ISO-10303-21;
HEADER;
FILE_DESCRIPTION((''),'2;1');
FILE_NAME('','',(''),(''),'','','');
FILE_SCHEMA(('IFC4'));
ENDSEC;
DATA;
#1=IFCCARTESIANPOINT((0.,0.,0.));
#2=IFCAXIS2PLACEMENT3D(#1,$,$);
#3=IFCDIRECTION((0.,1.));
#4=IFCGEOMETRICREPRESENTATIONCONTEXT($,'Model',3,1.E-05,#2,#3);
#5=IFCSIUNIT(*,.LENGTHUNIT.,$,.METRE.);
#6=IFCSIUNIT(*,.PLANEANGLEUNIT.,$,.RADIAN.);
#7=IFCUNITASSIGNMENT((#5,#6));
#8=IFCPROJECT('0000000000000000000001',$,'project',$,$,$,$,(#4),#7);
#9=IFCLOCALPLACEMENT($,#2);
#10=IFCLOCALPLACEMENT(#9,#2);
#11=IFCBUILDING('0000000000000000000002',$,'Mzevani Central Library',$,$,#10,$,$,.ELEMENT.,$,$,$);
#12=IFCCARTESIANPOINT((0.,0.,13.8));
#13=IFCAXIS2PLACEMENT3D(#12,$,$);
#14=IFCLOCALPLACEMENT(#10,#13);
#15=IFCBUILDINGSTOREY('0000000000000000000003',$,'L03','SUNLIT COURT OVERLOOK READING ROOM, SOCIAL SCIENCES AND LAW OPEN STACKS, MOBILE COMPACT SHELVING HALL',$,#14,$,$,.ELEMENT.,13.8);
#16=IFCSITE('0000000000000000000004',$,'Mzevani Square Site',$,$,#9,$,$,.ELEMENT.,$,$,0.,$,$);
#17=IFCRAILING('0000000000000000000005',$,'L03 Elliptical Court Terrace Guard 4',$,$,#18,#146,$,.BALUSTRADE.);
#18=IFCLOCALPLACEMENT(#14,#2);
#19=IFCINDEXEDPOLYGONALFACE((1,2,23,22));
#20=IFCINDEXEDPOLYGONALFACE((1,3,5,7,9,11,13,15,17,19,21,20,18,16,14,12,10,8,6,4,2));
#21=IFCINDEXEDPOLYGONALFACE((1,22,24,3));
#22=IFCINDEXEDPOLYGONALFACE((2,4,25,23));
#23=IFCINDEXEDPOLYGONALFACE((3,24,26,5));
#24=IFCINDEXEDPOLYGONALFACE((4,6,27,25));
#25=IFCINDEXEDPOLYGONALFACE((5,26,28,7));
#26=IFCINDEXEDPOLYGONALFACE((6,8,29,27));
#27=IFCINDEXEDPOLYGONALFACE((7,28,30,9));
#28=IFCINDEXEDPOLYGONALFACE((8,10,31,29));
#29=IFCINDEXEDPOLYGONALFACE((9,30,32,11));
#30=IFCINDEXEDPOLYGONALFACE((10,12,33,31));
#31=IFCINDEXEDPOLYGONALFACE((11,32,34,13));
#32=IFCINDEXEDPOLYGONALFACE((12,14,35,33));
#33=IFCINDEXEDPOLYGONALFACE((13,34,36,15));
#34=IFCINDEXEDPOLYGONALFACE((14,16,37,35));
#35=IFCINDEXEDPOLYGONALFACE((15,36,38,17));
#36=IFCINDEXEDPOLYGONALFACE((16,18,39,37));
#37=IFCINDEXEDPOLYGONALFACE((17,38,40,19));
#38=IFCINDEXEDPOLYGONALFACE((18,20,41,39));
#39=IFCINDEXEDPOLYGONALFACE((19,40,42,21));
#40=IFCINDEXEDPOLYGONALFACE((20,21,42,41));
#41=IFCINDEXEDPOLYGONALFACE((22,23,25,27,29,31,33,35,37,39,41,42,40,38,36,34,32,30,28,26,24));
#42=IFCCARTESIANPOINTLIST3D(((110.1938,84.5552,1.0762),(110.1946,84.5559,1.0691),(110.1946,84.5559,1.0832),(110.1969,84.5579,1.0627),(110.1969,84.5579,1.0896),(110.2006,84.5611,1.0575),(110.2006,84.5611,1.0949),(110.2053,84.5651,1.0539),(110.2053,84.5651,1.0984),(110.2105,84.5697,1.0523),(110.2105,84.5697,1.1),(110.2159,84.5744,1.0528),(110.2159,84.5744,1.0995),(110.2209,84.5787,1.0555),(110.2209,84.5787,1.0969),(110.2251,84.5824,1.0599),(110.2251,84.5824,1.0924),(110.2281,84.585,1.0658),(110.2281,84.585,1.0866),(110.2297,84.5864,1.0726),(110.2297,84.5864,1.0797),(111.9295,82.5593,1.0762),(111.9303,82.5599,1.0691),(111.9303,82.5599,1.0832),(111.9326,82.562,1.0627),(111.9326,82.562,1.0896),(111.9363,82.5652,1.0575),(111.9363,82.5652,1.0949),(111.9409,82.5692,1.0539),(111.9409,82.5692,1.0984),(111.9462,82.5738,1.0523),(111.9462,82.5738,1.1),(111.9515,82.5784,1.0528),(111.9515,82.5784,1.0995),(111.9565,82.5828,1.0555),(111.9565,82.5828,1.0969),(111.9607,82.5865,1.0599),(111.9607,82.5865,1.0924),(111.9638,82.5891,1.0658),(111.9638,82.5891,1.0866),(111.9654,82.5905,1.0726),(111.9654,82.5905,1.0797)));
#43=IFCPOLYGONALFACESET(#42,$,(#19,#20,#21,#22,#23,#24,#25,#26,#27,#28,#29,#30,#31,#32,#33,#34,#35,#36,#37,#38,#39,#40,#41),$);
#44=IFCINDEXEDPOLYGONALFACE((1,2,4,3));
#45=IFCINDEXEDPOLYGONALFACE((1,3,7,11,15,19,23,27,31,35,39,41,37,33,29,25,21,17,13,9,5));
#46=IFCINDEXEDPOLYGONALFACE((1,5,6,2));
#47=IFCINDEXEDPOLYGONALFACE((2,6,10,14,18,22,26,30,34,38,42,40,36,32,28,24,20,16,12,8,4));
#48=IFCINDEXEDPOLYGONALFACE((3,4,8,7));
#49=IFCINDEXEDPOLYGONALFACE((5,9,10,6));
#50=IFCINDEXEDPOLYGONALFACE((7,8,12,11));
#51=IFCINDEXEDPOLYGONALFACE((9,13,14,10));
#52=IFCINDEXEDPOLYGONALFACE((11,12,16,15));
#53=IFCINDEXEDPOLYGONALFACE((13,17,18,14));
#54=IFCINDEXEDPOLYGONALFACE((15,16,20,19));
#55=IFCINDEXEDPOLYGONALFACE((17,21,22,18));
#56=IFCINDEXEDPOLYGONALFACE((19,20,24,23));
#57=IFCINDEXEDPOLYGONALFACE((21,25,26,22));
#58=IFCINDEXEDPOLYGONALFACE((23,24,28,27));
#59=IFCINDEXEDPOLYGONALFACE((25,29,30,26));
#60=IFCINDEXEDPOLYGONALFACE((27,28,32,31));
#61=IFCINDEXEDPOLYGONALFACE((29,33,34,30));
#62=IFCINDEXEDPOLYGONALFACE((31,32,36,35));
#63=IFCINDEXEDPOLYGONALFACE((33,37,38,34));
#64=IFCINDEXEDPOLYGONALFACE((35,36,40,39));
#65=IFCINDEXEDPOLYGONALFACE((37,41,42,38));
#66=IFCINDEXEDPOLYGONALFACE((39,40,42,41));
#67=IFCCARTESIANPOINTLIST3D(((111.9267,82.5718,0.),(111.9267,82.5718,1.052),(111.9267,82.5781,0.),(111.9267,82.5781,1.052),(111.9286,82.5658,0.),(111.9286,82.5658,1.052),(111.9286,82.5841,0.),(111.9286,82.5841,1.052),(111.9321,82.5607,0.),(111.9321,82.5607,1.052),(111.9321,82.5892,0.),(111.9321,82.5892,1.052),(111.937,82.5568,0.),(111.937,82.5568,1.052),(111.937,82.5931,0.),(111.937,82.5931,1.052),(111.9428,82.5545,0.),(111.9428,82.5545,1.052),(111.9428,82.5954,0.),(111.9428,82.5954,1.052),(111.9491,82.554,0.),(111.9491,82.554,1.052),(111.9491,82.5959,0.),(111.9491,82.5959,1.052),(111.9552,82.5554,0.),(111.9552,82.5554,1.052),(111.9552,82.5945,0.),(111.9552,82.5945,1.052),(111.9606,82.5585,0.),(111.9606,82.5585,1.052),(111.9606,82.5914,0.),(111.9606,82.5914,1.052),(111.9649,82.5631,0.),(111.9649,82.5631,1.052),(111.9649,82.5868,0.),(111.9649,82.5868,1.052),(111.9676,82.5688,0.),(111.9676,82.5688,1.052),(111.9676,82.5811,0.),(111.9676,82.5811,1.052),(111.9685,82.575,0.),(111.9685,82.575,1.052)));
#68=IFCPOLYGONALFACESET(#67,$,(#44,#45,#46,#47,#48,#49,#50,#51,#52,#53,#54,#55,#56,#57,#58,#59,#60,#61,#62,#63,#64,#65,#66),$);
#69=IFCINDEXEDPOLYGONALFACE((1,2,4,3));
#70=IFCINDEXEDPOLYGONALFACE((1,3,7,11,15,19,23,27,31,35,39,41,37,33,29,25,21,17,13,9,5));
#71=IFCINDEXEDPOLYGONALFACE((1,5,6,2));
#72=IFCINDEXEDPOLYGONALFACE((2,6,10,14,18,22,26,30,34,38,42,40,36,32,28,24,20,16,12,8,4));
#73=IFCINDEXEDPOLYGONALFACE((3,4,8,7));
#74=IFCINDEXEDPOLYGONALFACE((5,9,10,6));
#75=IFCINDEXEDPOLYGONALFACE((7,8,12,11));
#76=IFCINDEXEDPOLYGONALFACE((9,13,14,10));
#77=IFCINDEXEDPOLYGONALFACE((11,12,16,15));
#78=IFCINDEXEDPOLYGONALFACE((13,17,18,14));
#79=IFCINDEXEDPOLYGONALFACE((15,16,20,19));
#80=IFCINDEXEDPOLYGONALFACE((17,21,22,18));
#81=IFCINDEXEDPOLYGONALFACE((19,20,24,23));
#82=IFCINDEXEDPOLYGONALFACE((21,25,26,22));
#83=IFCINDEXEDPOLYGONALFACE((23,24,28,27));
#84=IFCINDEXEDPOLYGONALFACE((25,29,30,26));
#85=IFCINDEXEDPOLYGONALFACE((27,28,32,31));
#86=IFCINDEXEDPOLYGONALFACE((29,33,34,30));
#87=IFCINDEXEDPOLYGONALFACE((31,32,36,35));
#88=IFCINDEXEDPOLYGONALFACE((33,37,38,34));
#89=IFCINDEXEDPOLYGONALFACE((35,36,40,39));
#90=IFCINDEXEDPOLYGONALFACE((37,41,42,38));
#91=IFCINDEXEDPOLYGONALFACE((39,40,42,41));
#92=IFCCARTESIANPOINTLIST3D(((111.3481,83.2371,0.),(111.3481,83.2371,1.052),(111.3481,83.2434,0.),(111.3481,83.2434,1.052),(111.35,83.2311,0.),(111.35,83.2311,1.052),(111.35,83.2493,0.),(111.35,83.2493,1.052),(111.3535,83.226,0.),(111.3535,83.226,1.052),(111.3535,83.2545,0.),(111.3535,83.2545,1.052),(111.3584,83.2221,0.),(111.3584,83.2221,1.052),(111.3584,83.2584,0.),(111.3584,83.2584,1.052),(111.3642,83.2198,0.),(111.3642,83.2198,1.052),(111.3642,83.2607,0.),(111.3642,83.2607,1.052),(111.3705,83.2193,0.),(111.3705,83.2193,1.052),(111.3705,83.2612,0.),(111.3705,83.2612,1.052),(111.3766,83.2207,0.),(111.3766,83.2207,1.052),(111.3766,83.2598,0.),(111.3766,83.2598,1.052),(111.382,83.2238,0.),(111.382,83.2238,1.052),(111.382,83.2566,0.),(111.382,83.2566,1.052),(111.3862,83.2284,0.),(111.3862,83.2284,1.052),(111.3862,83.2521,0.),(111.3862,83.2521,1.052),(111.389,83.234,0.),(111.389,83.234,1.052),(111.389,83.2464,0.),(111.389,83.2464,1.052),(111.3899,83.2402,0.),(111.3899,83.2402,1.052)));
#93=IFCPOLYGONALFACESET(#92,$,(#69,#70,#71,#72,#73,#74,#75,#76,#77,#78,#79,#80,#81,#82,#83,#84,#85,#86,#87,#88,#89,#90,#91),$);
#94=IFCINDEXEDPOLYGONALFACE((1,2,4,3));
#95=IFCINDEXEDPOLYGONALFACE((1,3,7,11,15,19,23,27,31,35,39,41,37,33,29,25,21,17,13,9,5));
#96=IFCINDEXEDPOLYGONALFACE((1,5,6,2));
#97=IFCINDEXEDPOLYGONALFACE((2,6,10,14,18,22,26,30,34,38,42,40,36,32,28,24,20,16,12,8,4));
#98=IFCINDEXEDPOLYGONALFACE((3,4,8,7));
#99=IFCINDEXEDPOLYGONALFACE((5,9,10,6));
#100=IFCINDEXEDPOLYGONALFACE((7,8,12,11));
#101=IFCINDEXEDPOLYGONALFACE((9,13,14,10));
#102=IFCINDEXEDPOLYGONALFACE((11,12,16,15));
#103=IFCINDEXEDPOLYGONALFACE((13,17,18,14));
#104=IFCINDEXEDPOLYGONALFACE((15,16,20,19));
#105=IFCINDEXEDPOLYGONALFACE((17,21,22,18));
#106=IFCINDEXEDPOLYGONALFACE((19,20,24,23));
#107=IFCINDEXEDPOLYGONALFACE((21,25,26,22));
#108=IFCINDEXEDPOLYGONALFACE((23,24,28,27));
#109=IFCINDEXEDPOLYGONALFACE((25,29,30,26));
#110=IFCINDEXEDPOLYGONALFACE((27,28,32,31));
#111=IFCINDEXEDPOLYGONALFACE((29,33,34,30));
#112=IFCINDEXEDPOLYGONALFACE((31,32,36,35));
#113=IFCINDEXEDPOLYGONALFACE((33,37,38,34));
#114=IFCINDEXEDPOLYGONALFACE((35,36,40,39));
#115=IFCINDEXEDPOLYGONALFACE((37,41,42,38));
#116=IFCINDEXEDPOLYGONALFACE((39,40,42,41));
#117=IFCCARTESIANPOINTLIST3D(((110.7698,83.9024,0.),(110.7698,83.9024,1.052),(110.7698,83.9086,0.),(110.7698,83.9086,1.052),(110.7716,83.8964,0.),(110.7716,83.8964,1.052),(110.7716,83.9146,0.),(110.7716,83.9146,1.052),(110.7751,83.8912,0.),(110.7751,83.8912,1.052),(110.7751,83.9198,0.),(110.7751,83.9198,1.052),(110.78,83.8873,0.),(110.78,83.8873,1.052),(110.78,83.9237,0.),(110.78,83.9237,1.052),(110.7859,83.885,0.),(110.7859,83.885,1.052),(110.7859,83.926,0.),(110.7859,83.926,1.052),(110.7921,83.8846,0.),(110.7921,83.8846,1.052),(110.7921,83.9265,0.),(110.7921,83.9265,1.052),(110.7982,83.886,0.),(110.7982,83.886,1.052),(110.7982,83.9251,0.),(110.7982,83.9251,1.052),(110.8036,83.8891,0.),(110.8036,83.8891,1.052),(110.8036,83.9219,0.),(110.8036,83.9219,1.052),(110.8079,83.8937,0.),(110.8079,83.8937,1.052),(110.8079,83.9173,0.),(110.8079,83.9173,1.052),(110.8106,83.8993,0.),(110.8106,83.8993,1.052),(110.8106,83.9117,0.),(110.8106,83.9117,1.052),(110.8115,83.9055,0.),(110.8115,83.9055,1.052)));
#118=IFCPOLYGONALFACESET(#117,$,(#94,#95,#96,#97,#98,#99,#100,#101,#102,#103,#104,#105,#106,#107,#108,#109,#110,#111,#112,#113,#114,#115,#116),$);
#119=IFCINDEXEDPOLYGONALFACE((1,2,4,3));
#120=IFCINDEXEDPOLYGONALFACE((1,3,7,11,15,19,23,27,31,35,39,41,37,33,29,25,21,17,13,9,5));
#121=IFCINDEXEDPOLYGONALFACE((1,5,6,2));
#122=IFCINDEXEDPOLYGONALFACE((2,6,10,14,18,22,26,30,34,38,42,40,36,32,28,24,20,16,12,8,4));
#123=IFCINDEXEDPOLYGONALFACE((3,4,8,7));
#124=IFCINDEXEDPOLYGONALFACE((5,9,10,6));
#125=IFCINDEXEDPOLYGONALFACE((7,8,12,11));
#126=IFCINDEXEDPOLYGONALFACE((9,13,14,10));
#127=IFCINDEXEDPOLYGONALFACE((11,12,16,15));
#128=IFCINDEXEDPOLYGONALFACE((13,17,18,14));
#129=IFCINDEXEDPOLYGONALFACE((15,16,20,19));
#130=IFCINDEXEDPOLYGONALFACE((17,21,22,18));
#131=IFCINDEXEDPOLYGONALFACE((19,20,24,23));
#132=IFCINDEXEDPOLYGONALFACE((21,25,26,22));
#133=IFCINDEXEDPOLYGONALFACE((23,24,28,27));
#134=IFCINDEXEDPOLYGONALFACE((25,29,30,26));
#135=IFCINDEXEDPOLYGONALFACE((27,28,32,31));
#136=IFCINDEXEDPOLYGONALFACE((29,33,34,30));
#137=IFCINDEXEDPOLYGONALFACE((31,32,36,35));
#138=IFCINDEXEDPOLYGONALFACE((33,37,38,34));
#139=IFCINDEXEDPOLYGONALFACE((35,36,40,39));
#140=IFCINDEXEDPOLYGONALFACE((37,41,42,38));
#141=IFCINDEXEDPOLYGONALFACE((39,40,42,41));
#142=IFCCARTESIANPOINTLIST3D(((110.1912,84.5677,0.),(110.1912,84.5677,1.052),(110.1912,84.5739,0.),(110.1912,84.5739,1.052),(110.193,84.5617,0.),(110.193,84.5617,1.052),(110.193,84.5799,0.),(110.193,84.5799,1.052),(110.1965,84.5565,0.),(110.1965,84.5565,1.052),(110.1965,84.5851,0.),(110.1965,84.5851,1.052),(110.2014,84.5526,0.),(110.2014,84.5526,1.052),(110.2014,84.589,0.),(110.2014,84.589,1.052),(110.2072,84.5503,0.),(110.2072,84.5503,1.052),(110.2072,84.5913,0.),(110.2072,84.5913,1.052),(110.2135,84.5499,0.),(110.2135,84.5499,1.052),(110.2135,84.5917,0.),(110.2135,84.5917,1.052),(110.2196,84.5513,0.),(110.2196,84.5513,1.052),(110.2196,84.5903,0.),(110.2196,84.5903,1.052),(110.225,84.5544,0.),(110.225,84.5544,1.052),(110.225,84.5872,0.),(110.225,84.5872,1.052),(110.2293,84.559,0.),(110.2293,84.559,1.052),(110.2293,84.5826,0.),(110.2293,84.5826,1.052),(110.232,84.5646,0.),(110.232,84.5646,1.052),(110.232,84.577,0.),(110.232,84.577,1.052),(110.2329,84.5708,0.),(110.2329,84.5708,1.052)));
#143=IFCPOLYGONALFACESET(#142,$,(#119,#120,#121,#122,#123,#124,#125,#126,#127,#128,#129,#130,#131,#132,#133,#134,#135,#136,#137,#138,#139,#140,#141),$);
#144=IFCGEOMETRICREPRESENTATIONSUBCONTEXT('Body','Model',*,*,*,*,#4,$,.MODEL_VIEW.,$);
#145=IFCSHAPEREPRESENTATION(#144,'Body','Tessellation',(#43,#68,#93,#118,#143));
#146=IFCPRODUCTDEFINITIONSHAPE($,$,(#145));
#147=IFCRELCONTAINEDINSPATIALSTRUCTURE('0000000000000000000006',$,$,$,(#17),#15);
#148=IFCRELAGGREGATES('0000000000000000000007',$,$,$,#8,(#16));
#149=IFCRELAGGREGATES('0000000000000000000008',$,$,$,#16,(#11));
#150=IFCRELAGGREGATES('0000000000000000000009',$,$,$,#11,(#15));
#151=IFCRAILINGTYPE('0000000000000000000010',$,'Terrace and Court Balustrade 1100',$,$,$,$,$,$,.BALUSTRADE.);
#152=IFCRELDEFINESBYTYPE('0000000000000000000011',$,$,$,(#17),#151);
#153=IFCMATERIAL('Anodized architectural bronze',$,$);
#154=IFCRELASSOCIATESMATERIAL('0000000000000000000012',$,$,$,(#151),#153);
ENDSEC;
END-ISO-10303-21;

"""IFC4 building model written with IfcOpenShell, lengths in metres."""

from ifc_helpers import new_model, si_unit, direction, frame, origin, origin_2d, place, context, subcontext, project, spatial, circle, extrude, material, type_object, element, save


model = new_model("IFC4")

# Units and contexts
model_context = context("Model", 3, precision=1e-05, world=origin(), true_north=direction((0.0, 1.0)))
body_context = subcontext(model_context, "Body", "Model", "MODEL_VIEW")
ifc_project = project(units=[si_unit("LENGTHUNIT", "METRE"), si_unit("PLANEANGLEUNIT", "RADIAN")], contexts=[model_context])

# Site, building, storey
site_placement = place(None, origin())
site = spatial("IfcSite", under=ifc_project, at=site_placement, Name="Mzevani Square Site", CompositionType="ELEMENT", RefElevation=0.0)
building_placement = place(site_placement, origin())
building = spatial("IfcBuilding", under=site, at=building_placement, Name="Mzevani Central Library", CompositionType="ELEMENT")
storey_placement = place(building_placement, frame((0.0, 0.0, 13.8)))
storey = spatial("IfcBuildingStorey", under=building, at=storey_placement, Name="L03", Description="SUNLIT COURT OVERLOOK READING ROOM, SOCIAL SCIENCES AND LAW OPEN STACKS, MOBILE COMPACT SHELVING HALL", CompositionType="ELEMENT", Elevation=13.8)

# Railing
ifc_material_1 = material(Name="Anodized architectural bronze")
railing_type = type_object("IfcRailingType", Name="Terrace and Court Balustrade 1100", PredefinedType="BALUSTRADE", material=ifc_material_1)
railing_1_placement = place(storey_placement, frame((111.9475, 82.575, 0.0)))
element("IfcRailing", 1, at=railing_1_placement, inside=storey, type_object=railing_type, Name="L03 Elliptical Court Terrace Guard 4", PredefinedType="BALUSTRADE", context=body_context, shape_type="SweptSolid", body=[
    extrude(circle(Radius=0.0239, at=origin_2d()), frame((0.0, 0.0, 1.0762), z_axis=(-0.656195, 0.754592, 0.0), x_axis=(-0.754592, -0.656195, 0.0)), (0.0, 0.0, 1.0), 2.645),
    extrude(circle(Radius=0.021, at=origin_2d()), origin(), (0.0, 0.0, 1.0), 1.052),
    extrude(circle(Radius=0.021, at=origin_2d()), frame((-0.5786, 0.6653, 0.0)), (0.0, 0.0, 1.0), 1.052),
    extrude(circle(Radius=0.021, at=origin_2d()), frame((-1.157, 1.3306, 0.0)), (0.0, 0.0, 1.0), 1.052),
    extrude(circle(Radius=0.021, at=origin_2d()), frame((-1.7356, 1.9958, 0.0)), (0.0, 0.0, 1.0), 1.052),
])

save(model, "model.ifc")
